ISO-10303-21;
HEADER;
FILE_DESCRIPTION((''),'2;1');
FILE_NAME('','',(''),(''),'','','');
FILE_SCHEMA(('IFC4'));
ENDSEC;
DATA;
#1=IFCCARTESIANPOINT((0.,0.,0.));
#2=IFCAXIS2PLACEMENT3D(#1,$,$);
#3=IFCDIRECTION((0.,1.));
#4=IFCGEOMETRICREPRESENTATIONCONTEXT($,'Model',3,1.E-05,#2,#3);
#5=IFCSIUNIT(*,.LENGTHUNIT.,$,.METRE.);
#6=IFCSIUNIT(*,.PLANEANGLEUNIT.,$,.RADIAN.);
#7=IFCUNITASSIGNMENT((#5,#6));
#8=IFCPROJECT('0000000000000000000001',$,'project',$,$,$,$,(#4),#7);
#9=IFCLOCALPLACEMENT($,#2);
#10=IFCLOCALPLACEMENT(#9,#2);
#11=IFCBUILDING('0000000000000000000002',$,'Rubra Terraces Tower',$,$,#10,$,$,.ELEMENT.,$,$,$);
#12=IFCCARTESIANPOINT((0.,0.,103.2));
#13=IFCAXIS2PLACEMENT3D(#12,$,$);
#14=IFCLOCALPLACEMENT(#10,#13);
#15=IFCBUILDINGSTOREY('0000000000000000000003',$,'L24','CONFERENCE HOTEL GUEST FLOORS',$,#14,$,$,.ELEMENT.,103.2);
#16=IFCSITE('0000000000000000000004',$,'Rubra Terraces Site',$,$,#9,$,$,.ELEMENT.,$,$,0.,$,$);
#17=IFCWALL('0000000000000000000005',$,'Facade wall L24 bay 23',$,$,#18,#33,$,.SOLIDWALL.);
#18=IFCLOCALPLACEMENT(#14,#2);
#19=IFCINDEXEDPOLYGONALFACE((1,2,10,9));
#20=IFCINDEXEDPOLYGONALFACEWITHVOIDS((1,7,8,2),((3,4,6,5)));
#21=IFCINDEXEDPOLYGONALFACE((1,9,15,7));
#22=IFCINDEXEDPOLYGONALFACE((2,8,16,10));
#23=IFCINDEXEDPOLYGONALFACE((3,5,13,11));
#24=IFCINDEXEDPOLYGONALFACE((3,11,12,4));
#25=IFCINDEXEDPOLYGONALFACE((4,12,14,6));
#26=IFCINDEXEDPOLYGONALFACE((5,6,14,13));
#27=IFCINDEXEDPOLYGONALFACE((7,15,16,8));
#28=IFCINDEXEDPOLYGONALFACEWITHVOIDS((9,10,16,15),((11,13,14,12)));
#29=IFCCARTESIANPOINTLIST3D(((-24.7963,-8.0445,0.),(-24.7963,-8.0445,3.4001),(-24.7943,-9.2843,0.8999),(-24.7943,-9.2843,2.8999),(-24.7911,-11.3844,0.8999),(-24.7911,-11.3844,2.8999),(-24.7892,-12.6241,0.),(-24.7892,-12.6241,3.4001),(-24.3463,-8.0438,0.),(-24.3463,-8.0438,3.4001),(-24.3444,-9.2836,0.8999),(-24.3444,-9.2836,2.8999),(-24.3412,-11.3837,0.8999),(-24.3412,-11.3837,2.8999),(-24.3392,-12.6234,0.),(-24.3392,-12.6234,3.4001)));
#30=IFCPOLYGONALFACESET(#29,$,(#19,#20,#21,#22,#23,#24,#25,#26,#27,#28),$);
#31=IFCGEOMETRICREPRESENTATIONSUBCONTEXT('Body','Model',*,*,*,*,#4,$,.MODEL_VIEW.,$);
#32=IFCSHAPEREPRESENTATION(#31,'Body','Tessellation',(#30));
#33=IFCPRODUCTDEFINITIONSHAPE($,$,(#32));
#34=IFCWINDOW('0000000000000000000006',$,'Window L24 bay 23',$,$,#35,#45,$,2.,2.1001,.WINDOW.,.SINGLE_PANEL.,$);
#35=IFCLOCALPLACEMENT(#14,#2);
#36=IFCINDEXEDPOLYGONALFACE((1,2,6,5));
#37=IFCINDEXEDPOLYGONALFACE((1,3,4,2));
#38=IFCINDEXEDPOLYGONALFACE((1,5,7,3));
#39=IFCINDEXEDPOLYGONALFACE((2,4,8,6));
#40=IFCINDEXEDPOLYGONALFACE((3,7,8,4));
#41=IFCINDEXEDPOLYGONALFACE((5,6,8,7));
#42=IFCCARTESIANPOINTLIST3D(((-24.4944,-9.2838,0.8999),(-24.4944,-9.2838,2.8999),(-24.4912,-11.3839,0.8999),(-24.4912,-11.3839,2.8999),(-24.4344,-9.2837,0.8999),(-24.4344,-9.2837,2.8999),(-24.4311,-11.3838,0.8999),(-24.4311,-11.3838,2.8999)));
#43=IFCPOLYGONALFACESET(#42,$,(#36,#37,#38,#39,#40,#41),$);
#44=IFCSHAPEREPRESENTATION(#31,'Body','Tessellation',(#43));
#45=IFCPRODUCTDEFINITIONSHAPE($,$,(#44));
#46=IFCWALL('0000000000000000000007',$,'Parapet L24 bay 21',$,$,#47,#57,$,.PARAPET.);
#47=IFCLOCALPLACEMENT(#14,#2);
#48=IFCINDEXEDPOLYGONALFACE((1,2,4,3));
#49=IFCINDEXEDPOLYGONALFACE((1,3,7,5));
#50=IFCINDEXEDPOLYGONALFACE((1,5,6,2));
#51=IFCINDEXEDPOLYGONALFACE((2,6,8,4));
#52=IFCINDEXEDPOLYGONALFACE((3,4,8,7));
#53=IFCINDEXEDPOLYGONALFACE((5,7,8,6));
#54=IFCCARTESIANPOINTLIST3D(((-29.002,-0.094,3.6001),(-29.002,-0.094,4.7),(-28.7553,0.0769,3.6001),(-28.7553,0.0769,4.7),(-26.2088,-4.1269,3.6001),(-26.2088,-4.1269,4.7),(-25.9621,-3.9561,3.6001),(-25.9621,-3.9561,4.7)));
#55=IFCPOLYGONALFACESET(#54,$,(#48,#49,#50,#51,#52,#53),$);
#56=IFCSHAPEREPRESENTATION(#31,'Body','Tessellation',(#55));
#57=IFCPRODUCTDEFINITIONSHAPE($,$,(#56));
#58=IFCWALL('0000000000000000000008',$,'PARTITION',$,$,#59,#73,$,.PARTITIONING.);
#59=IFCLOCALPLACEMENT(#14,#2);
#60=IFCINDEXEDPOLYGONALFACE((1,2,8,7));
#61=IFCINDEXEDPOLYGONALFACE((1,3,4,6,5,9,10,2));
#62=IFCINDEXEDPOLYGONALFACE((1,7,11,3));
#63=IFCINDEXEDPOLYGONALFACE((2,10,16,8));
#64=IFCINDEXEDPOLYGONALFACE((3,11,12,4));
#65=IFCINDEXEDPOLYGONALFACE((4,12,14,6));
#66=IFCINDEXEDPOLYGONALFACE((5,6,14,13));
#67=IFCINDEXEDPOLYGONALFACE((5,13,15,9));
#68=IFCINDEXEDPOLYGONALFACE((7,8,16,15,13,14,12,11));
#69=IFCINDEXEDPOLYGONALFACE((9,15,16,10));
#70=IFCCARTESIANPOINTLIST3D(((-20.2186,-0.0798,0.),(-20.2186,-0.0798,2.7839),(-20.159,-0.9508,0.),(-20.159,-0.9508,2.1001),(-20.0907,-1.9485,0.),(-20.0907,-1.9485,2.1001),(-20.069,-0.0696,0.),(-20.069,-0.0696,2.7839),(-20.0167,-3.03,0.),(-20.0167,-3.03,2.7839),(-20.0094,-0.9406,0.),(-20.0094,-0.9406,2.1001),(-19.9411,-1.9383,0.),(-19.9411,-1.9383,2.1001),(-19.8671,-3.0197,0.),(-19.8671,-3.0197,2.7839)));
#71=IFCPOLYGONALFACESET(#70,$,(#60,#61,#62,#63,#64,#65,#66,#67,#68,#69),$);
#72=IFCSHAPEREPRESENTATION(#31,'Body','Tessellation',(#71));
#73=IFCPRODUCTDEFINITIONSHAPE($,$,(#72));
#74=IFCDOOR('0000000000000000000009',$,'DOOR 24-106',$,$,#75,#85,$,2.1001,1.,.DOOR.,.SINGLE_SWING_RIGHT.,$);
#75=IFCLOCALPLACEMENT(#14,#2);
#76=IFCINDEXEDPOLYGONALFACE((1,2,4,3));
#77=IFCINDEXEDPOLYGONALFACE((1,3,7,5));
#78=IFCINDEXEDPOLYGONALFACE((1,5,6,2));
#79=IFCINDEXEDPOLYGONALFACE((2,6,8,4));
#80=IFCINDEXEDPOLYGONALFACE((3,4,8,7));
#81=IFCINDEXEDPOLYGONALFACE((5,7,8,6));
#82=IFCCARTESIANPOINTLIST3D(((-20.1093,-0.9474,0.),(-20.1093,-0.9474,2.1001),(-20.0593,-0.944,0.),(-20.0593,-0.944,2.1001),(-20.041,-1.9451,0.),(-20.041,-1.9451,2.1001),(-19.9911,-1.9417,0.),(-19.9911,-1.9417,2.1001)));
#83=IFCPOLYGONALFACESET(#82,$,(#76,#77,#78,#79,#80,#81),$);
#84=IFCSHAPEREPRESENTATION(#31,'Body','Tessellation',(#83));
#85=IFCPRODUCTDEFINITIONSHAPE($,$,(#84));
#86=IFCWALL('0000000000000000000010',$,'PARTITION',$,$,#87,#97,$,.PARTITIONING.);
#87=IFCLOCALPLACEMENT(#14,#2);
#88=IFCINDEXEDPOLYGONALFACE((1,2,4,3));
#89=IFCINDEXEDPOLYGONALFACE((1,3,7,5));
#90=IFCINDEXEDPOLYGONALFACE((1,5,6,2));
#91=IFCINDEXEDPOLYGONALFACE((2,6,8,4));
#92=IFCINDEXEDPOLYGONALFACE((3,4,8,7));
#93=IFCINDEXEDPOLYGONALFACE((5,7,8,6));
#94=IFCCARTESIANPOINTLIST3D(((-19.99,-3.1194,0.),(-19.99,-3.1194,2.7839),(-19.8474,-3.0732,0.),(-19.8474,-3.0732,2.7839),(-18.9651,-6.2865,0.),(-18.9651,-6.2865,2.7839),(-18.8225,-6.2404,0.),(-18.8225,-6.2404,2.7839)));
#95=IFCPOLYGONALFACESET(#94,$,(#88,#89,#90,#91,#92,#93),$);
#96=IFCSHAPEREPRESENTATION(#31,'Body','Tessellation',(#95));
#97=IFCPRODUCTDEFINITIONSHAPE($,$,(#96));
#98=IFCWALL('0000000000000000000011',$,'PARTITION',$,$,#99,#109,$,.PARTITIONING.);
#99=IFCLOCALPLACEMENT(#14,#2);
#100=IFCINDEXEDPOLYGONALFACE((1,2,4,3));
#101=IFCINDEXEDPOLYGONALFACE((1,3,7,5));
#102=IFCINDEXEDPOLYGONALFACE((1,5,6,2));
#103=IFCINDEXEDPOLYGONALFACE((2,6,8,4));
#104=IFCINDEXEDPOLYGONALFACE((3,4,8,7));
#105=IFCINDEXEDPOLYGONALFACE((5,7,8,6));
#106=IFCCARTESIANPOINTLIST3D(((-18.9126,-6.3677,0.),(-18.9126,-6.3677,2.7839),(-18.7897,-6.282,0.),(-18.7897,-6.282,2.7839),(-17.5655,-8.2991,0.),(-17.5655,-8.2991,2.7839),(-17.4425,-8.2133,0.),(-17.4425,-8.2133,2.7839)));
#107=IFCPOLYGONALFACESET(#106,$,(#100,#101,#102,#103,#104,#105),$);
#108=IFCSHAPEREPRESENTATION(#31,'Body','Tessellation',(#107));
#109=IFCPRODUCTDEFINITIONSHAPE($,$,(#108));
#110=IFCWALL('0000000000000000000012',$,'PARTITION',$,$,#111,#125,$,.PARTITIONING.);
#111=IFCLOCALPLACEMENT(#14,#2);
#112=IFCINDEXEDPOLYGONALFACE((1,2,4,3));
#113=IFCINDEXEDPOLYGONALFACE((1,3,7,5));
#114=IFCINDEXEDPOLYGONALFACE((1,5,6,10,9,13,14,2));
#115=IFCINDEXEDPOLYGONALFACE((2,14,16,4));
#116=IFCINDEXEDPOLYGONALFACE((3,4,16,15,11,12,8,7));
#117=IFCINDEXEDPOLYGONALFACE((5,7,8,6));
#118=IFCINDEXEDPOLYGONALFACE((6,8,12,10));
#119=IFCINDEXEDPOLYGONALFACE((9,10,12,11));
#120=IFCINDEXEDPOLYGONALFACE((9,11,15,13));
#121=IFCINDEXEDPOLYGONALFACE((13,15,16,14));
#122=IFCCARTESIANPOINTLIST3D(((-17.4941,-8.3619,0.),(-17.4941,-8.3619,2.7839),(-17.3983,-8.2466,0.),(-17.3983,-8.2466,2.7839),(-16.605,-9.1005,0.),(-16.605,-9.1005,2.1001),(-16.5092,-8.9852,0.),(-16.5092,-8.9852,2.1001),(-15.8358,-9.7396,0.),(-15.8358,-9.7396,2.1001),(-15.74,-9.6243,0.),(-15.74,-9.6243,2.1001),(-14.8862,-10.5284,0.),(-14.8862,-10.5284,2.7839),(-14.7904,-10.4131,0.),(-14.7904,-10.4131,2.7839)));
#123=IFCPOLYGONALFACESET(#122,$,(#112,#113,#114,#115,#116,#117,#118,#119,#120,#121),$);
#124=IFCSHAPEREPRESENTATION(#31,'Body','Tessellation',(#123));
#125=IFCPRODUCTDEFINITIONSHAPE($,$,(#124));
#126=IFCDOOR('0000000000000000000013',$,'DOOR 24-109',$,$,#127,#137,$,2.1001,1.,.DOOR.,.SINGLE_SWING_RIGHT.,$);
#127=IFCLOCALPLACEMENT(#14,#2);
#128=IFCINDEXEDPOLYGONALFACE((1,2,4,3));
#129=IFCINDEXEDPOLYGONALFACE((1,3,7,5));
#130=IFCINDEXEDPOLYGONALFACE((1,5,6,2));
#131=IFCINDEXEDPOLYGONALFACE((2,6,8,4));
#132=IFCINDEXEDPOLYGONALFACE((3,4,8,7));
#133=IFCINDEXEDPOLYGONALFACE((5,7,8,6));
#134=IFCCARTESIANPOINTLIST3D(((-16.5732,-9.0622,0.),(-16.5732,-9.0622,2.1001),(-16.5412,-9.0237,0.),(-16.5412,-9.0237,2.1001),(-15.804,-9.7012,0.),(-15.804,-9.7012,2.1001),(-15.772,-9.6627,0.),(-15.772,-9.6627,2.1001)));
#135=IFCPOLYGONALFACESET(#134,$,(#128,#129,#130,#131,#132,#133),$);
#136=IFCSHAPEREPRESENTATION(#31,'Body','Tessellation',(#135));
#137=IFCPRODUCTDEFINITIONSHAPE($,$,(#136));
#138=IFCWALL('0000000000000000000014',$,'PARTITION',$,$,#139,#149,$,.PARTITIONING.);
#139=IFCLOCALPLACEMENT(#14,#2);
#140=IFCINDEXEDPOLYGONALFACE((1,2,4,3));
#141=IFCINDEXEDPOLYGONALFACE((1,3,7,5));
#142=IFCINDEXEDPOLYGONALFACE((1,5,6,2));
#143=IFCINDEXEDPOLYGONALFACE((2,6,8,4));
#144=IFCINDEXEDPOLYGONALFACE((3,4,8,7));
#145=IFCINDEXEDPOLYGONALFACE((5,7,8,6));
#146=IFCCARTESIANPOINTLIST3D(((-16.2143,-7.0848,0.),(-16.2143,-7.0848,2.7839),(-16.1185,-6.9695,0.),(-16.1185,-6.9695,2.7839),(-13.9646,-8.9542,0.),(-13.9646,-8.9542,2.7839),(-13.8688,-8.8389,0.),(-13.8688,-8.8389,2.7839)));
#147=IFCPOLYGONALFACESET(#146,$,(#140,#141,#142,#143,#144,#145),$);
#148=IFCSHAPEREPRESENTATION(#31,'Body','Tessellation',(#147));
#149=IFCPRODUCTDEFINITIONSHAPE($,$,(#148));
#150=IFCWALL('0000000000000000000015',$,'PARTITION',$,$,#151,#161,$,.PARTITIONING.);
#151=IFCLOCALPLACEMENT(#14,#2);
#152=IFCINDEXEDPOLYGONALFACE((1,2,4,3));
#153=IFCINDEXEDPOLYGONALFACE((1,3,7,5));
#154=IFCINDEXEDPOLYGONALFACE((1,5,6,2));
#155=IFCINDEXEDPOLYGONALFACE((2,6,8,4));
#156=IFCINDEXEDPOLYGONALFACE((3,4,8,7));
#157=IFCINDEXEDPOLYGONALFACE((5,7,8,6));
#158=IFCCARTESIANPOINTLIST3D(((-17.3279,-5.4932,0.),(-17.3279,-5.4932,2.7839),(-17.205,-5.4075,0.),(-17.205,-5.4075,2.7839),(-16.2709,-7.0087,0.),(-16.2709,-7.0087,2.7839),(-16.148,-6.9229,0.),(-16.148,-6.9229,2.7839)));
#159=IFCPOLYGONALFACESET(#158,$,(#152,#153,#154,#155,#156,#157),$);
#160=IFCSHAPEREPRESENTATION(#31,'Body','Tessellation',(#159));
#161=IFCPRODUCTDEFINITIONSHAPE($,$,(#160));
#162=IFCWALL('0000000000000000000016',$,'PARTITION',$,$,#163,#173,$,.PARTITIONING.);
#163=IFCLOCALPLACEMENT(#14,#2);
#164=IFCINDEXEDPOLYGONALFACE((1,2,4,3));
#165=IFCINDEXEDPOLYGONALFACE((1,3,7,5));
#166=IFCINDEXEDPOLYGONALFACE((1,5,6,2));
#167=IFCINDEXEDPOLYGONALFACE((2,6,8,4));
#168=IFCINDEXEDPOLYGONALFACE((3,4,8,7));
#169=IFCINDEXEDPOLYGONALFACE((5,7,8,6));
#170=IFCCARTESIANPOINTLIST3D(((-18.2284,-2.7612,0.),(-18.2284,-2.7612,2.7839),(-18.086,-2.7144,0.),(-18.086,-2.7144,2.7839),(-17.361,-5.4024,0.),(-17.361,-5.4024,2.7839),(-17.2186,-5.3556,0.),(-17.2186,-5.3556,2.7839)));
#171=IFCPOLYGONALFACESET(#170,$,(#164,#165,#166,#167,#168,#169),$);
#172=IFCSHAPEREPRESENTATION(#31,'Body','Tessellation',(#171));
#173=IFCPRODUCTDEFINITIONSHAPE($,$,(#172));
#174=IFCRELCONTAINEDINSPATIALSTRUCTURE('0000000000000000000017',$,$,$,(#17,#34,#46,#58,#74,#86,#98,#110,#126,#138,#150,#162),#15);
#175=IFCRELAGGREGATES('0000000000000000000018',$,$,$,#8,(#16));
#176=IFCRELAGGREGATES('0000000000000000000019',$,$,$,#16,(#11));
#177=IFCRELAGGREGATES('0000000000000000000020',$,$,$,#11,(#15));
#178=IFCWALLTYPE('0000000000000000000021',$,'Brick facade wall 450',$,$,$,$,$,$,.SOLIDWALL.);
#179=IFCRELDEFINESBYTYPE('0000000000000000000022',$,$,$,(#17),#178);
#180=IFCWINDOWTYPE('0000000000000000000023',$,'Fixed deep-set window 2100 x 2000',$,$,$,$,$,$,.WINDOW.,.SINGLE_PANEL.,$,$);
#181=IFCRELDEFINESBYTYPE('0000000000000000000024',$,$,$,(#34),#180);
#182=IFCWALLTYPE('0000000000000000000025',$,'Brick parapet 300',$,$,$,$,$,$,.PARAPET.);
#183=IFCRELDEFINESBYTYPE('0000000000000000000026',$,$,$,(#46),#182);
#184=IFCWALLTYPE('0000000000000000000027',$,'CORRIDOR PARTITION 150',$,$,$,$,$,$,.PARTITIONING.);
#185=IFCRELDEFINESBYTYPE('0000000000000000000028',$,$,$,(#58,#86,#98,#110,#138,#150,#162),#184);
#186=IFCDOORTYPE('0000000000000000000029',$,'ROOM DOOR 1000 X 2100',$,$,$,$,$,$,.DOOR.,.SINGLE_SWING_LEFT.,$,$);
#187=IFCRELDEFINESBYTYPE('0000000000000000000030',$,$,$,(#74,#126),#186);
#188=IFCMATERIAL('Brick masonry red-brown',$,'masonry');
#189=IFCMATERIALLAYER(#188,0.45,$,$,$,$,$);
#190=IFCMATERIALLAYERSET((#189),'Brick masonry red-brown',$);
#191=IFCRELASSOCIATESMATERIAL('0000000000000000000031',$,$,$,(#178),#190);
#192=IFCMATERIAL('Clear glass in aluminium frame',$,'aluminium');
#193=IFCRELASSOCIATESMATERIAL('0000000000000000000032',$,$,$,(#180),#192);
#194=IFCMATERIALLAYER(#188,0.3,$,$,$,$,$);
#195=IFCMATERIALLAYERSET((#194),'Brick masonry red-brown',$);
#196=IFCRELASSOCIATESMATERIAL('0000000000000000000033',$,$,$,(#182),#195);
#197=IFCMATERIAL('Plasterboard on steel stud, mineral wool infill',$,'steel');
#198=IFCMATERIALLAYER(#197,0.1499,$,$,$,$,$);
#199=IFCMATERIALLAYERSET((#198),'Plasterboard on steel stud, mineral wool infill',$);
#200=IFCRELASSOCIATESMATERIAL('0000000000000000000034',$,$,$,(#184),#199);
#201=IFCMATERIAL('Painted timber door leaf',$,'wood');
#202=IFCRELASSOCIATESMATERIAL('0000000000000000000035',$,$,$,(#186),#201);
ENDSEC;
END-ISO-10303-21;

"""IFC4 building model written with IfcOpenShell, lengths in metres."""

from ifc_helpers import new_model, si_unit, direction, frame, frame_2d, origin, place, context, subcontext, project, spatial, rectangle, extrude, material, layer, layer_set, type_object, element, fill, save


model = new_model("IFC4")

# Units and contexts
model_context = context("Model", 3, precision=1e-05, world=origin(), true_north=direction((0.0, 1.0)))
body_context = subcontext(model_context, "Body", "Model", "MODEL_VIEW")
ifc_project = project(units=[si_unit("LENGTHUNIT", "METRE"), si_unit("PLANEANGLEUNIT", "RADIAN")], contexts=[model_context])

# Site, building, storey
site_placement = place(None, origin())
site = spatial("IfcSite", under=ifc_project, at=site_placement, Name="Rubra Terraces Site", CompositionType="ELEMENT", RefElevation=0.0)
building_placement = place(site_placement, origin())
building = spatial("IfcBuilding", under=site, at=building_placement, Name="Rubra Terraces Tower", CompositionType="ELEMENT")
storey_placement = place(building_placement, frame((0.0, 0.0, 103.2)))
storey = spatial("IfcBuildingStorey", under=building, at=storey_placement, Name="L24", Description="CONFERENCE HOTEL GUEST FLOORS", CompositionType="ELEMENT", Elevation=103.2)

# Wall, opening, window
ifc_material_1 = material(Name="Brick masonry red-brown", Category="masonry")
ifc_layer_1 = layer(ifc_material_1, 0.45)
ifc_layer_set_1 = layer_set([ifc_layer_1], Name="Brick masonry red-brown")
wall_type_1 = type_object("IfcWallType", Name="Brick facade wall 450", PredefinedType="SOLIDWALL", material=ifc_layer_set_1)
ifc_material_2 = material(Name="Clear glass in aluminium frame", Category="aluminium")
window_type = type_object("IfcWindowType", Name="Fixed deep-set window 2100 x 2000", PartitioningType="SINGLE_PANEL", PredefinedType="WINDOW", material=ifc_material_2)
wall_1_placement = place(storey_placement, frame((-24.5713, -8.0442, 0.0), z_axis=(0.0, 0.0, 1.0), x_axis=(0.001546, -0.999999, 0.0)))
wall_1 = element("IfcWall", 1, at=wall_1_placement, inside=storey, type_object=wall_type_1, Name="Facade wall L24 bay 23", PredefinedType="SOLIDWALL", context=body_context, shape_type="SweptSolid", body=[
    extrude(rectangle(XDim=4.5796, YDim=0.45, at=frame_2d((2.2898, 0.0))), origin(), (0.0, 0.0, 1.0), 3.4001),
])
opening_1_placement = place(wall_1_placement, frame((1.2397, 0.0, 0.8999)))
opening_1 = element("IfcOpeningElement", 2, at=opening_1_placement, cuts=wall_1, PredefinedType="OPENING", context=body_context, shape_type="SweptSolid", body=[
    extrude(rectangle(XDim=2.1001, YDim=2.0, at=frame_2d((1.05, 1.0))), frame((0.0, 0.2349, 0.0), z_axis=(0.0, -1.0, 0.0), x_axis=(1.0, 0.0, 0.0)), (0.0, 0.0, 1.0), 0.47),
])
window_1_placement = place(opening_1_placement, origin())
window_1 = element("IfcWindow", 3, at=window_1_placement, inside=storey, type_object=window_type, Name="Window L24 bay 23", OverallHeight=2.0, OverallWidth=2.1001, PartitioningType="SINGLE_PANEL", PredefinedType="WINDOW", context=body_context, shape_type="SweptSolid", body=[
    extrude(rectangle(XDim=2.1001, YDim=2.0, at=frame_2d((1.05, 1.0))), frame((0.0, 0.135, 0.0), z_axis=(0.0, -1.0, 0.0), x_axis=(1.0, 0.0, 0.0)), (0.0, 0.0, 1.0), 0.0601),
])
fill(opening_1, window_1)

# Wall
ifc_layer_2 = layer(ifc_material_1, 0.3)
ifc_layer_set_2 = layer_set([ifc_layer_2], Name="Brick masonry red-brown")
wall_type_2 = type_object("IfcWallType", Name="Brick parapet 300", PredefinedType="PARAPET", material=ifc_layer_set_2)
wall_2_placement = place(storey_placement, frame((-28.8787, -0.0085, 3.6001), z_axis=(0.0, 0.0, 1.0), x_axis=(0.56937, -0.822081, 0.0)))
element("IfcWall", 4, at=wall_2_placement, inside=storey, type_object=wall_type_2, Name="Parapet L24 bay 21", PredefinedType="PARAPET", context=body_context, shape_type="SweptSolid", body=[
    extrude(rectangle(XDim=4.9058, YDim=0.3, at=frame_2d((2.4529, 0.0))), origin(), (0.0, 0.0, 1.0), 1.0999),
])

# Wall, opening, door
ifc_material_3 = material(Name="Plasterboard on steel stud, mineral wool infill", Category="steel")
ifc_layer_3 = layer(ifc_material_3, 0.1499)
ifc_layer_set_3 = layer_set([ifc_layer_3], Name="Plasterboard on steel stud, mineral wool infill")
wall_type_3 = type_object("IfcWallType", Name="CORRIDOR PARTITION 150", PredefinedType="PARTITIONING", material=ifc_layer_set_3)
wall_3_placement = place(storey_placement, frame((-20.1438, -0.0747, 0.0), z_axis=(0.0, 0.0, 1.0), x_axis=(0.068278, -0.997666, 0.0)))
wall_3 = element("IfcWall", 5, at=wall_3_placement, inside=storey, type_object=wall_type_3, Name="PARTITION", PredefinedType="PARTITIONING", context=body_context, shape_type="SweptSolid", body=[
    extrude(rectangle(XDim=2.957, YDim=0.1499, at=frame_2d((1.4785, 0.0))), origin(), (0.0, 0.0, 1.0), 2.7839),
])
opening_2_placement = place(wall_3_placement, frame((0.873, 0.0, 0.0)))
opening_2 = element("IfcOpeningElement", 6, at=opening_2_placement, cuts=wall_3, PredefinedType="OPENING", context=body_context, shape_type="SweptSolid", body=[
    extrude(rectangle(XDim=1.0, YDim=2.1001, at=frame_2d((0.5, 1.05))), frame((0.0, 0.085, 0.0), z_axis=(0.0, -1.0, 0.0), x_axis=(1.0, 0.0, 0.0)), (0.0, 0.0, 1.0), 0.1699),
])
ifc_material_4 = material(Name="Painted timber door leaf", Category="wood")
door_type_1 = type_object("IfcDoorType", Name="ROOM DOOR 1000 X 2100", OperationType="SINGLE_SWING_LEFT", PredefinedType="DOOR", material=ifc_material_4)
door_1_placement = place(opening_2_placement, origin())
door_1 = element("IfcDoor", 7, at=door_1_placement, inside=storey, type_object=door_type_1, Name="DOOR 24-106", OperationType="SINGLE_SWING_RIGHT", OverallHeight=2.1001, OverallWidth=1.0, PredefinedType="DOOR", context=body_context, shape_type="SweptSolid", body=[
    extrude(rectangle(XDim=1.0, YDim=2.1001, at=frame_2d((0.5, 1.05))), frame((0.0, 0.0249, 0.0), z_axis=(0.0, -1.0, 0.0), x_axis=(1.0, 0.0, 0.0)), (0.0, 0.0, 1.0), 0.05),
])
fill(opening_2, door_1)

# Walls
wall_4_placement = place(storey_placement, frame((-19.9187, -3.0962, 0.0), z_axis=(0.0, 0.0, 1.0), x_axis=(0.307877, -0.951426, 0.0)))
element("IfcWall", 8, at=wall_4_placement, inside=storey, type_object=wall_type_3, Name="PARTITION", PredefinedType="PARTITIONING", context=body_context, shape_type="SweptSolid", body=[
    extrude(rectangle(XDim=3.3289, YDim=0.1499, at=frame_2d((1.6646, 0.0))), origin(), (0.0, 0.0, 1.0), 2.7839),
])
wall_5_placement = place(storey_placement, frame((-18.8511, -6.325, 0.0), z_axis=(0.0, 0.0, 1.0), x_axis=(0.572091, -0.82019, 0.0)))
element("IfcWall", 9, at=wall_5_placement, inside=storey, type_object=wall_type_3, Name="PARTITION", PredefinedType="PARTITIONING", context=body_context, shape_type="SweptSolid", body=[
    extrude(rectangle(XDim=2.3547, YDim=0.1499, at=frame_2d((1.1772, 0.0))), origin(), (0.0, 0.0, 1.0), 2.7839),
])

# Wall, opening, door
wall_6_placement = place(storey_placement, frame((-17.4463, -8.3042, 0.0), z_axis=(0.0, 0.0, 1.0), x_axis=(0.7692, -0.639008, 0.0)))
wall_6 = element("IfcWall", 10, at=wall_6_placement, inside=storey, type_object=wall_type_3, Name="PARTITION", PredefinedType="PARTITIONING", context=body_context, shape_type="SweptSolid", body=[
    extrude(rectangle(XDim=3.3904, YDim=0.1499, at=frame_2d((1.6953, 0.0))), origin(), (0.0, 0.0, 1.0), 2.7839),
])
opening_3_placement = place(wall_6_placement, frame((1.156, 0.0, 0.0)))
opening_3 = element("IfcOpeningElement", 11, at=opening_3_placement, cuts=wall_6, PredefinedType="OPENING", context=body_context, shape_type="SweptSolid", body=[
    extrude(rectangle(XDim=1.0, YDim=2.1001, at=frame_2d((0.5, 1.05))), frame((0.0, 0.085, 0.0), z_axis=(0.0, -1.0, 0.0), x_axis=(1.0, 0.0, 0.0)), (0.0, 0.0, 1.0), 0.1699),
])
door_2_placement = place(opening_3_placement, origin())
door_2 = element("IfcDoor", 12, at=door_2_placement, inside=storey, type_object=door_type_1, Name="DOOR 24-109", OperationType="SINGLE_SWING_RIGHT", OverallHeight=2.1001, OverallWidth=1.0, PredefinedType="DOOR", context=body_context, shape_type="SweptSolid", body=[
    extrude(rectangle(XDim=1.0, YDim=2.1001, at=frame_2d((0.5, 1.05))), frame((0.0, 0.0249, 0.0), z_axis=(0.0, -1.0, 0.0), x_axis=(1.0, 0.0, 0.0)), (0.0, 0.0, 1.0), 0.05),
])
fill(opening_3, door_2)

# Walls
wall_7_placement = place(storey_placement, frame((-13.9167, -8.8965, 0.0), z_axis=(0.0, 0.0, 1.0), x_axis=(-0.76913, 0.639092, 0.0)))
element("IfcWall", 13, at=wall_7_placement, inside=storey, type_object=wall_type_3, Name="PARTITION", PredefinedType="PARTITIONING", context=body_context, shape_type="SweptSolid", body=[
    extrude(rectangle(XDim=2.925, YDim=0.1499, at=frame_2d((1.4624, 0.0))), origin(), (0.0, 0.0, 1.0), 2.7839),
])
wall_8_placement = place(storey_placement, frame((-16.2095, -6.9658, 0.0), z_axis=(0.0, 0.0, 1.0), x_axis=(-0.572051, 0.820218, 0.0)))
element("IfcWall", 14, at=wall_8_placement, inside=storey, type_object=wall_type_3, Name="PARTITION", PredefinedType="PARTITIONING", context=body_context, shape_type="SweptSolid", body=[
    extrude(rectangle(XDim=1.8477, YDim=0.1499, at=frame_2d((0.9238, 0.0))), origin(), (0.0, 0.0, 1.0), 2.7839),
])
wall_9_placement = place(storey_placement, frame((-17.2898, -5.3792, 0.0), z_axis=(0.0, 0.0, 1.0), x_axis=(-0.312009, 0.950079, 0.0)))
element("IfcWall", 15, at=wall_9_placement, inside=storey, type_object=wall_type_3, Name="PARTITION", PredefinedType="PARTITIONING", context=body_context, shape_type="SweptSolid", body=[
    extrude(rectangle(XDim=2.78, YDim=0.1499, at=frame_2d((1.3901, 0.0))), origin(), (0.0, 0.0, 1.0), 2.7839),
])

save(model, "model.ifc")
